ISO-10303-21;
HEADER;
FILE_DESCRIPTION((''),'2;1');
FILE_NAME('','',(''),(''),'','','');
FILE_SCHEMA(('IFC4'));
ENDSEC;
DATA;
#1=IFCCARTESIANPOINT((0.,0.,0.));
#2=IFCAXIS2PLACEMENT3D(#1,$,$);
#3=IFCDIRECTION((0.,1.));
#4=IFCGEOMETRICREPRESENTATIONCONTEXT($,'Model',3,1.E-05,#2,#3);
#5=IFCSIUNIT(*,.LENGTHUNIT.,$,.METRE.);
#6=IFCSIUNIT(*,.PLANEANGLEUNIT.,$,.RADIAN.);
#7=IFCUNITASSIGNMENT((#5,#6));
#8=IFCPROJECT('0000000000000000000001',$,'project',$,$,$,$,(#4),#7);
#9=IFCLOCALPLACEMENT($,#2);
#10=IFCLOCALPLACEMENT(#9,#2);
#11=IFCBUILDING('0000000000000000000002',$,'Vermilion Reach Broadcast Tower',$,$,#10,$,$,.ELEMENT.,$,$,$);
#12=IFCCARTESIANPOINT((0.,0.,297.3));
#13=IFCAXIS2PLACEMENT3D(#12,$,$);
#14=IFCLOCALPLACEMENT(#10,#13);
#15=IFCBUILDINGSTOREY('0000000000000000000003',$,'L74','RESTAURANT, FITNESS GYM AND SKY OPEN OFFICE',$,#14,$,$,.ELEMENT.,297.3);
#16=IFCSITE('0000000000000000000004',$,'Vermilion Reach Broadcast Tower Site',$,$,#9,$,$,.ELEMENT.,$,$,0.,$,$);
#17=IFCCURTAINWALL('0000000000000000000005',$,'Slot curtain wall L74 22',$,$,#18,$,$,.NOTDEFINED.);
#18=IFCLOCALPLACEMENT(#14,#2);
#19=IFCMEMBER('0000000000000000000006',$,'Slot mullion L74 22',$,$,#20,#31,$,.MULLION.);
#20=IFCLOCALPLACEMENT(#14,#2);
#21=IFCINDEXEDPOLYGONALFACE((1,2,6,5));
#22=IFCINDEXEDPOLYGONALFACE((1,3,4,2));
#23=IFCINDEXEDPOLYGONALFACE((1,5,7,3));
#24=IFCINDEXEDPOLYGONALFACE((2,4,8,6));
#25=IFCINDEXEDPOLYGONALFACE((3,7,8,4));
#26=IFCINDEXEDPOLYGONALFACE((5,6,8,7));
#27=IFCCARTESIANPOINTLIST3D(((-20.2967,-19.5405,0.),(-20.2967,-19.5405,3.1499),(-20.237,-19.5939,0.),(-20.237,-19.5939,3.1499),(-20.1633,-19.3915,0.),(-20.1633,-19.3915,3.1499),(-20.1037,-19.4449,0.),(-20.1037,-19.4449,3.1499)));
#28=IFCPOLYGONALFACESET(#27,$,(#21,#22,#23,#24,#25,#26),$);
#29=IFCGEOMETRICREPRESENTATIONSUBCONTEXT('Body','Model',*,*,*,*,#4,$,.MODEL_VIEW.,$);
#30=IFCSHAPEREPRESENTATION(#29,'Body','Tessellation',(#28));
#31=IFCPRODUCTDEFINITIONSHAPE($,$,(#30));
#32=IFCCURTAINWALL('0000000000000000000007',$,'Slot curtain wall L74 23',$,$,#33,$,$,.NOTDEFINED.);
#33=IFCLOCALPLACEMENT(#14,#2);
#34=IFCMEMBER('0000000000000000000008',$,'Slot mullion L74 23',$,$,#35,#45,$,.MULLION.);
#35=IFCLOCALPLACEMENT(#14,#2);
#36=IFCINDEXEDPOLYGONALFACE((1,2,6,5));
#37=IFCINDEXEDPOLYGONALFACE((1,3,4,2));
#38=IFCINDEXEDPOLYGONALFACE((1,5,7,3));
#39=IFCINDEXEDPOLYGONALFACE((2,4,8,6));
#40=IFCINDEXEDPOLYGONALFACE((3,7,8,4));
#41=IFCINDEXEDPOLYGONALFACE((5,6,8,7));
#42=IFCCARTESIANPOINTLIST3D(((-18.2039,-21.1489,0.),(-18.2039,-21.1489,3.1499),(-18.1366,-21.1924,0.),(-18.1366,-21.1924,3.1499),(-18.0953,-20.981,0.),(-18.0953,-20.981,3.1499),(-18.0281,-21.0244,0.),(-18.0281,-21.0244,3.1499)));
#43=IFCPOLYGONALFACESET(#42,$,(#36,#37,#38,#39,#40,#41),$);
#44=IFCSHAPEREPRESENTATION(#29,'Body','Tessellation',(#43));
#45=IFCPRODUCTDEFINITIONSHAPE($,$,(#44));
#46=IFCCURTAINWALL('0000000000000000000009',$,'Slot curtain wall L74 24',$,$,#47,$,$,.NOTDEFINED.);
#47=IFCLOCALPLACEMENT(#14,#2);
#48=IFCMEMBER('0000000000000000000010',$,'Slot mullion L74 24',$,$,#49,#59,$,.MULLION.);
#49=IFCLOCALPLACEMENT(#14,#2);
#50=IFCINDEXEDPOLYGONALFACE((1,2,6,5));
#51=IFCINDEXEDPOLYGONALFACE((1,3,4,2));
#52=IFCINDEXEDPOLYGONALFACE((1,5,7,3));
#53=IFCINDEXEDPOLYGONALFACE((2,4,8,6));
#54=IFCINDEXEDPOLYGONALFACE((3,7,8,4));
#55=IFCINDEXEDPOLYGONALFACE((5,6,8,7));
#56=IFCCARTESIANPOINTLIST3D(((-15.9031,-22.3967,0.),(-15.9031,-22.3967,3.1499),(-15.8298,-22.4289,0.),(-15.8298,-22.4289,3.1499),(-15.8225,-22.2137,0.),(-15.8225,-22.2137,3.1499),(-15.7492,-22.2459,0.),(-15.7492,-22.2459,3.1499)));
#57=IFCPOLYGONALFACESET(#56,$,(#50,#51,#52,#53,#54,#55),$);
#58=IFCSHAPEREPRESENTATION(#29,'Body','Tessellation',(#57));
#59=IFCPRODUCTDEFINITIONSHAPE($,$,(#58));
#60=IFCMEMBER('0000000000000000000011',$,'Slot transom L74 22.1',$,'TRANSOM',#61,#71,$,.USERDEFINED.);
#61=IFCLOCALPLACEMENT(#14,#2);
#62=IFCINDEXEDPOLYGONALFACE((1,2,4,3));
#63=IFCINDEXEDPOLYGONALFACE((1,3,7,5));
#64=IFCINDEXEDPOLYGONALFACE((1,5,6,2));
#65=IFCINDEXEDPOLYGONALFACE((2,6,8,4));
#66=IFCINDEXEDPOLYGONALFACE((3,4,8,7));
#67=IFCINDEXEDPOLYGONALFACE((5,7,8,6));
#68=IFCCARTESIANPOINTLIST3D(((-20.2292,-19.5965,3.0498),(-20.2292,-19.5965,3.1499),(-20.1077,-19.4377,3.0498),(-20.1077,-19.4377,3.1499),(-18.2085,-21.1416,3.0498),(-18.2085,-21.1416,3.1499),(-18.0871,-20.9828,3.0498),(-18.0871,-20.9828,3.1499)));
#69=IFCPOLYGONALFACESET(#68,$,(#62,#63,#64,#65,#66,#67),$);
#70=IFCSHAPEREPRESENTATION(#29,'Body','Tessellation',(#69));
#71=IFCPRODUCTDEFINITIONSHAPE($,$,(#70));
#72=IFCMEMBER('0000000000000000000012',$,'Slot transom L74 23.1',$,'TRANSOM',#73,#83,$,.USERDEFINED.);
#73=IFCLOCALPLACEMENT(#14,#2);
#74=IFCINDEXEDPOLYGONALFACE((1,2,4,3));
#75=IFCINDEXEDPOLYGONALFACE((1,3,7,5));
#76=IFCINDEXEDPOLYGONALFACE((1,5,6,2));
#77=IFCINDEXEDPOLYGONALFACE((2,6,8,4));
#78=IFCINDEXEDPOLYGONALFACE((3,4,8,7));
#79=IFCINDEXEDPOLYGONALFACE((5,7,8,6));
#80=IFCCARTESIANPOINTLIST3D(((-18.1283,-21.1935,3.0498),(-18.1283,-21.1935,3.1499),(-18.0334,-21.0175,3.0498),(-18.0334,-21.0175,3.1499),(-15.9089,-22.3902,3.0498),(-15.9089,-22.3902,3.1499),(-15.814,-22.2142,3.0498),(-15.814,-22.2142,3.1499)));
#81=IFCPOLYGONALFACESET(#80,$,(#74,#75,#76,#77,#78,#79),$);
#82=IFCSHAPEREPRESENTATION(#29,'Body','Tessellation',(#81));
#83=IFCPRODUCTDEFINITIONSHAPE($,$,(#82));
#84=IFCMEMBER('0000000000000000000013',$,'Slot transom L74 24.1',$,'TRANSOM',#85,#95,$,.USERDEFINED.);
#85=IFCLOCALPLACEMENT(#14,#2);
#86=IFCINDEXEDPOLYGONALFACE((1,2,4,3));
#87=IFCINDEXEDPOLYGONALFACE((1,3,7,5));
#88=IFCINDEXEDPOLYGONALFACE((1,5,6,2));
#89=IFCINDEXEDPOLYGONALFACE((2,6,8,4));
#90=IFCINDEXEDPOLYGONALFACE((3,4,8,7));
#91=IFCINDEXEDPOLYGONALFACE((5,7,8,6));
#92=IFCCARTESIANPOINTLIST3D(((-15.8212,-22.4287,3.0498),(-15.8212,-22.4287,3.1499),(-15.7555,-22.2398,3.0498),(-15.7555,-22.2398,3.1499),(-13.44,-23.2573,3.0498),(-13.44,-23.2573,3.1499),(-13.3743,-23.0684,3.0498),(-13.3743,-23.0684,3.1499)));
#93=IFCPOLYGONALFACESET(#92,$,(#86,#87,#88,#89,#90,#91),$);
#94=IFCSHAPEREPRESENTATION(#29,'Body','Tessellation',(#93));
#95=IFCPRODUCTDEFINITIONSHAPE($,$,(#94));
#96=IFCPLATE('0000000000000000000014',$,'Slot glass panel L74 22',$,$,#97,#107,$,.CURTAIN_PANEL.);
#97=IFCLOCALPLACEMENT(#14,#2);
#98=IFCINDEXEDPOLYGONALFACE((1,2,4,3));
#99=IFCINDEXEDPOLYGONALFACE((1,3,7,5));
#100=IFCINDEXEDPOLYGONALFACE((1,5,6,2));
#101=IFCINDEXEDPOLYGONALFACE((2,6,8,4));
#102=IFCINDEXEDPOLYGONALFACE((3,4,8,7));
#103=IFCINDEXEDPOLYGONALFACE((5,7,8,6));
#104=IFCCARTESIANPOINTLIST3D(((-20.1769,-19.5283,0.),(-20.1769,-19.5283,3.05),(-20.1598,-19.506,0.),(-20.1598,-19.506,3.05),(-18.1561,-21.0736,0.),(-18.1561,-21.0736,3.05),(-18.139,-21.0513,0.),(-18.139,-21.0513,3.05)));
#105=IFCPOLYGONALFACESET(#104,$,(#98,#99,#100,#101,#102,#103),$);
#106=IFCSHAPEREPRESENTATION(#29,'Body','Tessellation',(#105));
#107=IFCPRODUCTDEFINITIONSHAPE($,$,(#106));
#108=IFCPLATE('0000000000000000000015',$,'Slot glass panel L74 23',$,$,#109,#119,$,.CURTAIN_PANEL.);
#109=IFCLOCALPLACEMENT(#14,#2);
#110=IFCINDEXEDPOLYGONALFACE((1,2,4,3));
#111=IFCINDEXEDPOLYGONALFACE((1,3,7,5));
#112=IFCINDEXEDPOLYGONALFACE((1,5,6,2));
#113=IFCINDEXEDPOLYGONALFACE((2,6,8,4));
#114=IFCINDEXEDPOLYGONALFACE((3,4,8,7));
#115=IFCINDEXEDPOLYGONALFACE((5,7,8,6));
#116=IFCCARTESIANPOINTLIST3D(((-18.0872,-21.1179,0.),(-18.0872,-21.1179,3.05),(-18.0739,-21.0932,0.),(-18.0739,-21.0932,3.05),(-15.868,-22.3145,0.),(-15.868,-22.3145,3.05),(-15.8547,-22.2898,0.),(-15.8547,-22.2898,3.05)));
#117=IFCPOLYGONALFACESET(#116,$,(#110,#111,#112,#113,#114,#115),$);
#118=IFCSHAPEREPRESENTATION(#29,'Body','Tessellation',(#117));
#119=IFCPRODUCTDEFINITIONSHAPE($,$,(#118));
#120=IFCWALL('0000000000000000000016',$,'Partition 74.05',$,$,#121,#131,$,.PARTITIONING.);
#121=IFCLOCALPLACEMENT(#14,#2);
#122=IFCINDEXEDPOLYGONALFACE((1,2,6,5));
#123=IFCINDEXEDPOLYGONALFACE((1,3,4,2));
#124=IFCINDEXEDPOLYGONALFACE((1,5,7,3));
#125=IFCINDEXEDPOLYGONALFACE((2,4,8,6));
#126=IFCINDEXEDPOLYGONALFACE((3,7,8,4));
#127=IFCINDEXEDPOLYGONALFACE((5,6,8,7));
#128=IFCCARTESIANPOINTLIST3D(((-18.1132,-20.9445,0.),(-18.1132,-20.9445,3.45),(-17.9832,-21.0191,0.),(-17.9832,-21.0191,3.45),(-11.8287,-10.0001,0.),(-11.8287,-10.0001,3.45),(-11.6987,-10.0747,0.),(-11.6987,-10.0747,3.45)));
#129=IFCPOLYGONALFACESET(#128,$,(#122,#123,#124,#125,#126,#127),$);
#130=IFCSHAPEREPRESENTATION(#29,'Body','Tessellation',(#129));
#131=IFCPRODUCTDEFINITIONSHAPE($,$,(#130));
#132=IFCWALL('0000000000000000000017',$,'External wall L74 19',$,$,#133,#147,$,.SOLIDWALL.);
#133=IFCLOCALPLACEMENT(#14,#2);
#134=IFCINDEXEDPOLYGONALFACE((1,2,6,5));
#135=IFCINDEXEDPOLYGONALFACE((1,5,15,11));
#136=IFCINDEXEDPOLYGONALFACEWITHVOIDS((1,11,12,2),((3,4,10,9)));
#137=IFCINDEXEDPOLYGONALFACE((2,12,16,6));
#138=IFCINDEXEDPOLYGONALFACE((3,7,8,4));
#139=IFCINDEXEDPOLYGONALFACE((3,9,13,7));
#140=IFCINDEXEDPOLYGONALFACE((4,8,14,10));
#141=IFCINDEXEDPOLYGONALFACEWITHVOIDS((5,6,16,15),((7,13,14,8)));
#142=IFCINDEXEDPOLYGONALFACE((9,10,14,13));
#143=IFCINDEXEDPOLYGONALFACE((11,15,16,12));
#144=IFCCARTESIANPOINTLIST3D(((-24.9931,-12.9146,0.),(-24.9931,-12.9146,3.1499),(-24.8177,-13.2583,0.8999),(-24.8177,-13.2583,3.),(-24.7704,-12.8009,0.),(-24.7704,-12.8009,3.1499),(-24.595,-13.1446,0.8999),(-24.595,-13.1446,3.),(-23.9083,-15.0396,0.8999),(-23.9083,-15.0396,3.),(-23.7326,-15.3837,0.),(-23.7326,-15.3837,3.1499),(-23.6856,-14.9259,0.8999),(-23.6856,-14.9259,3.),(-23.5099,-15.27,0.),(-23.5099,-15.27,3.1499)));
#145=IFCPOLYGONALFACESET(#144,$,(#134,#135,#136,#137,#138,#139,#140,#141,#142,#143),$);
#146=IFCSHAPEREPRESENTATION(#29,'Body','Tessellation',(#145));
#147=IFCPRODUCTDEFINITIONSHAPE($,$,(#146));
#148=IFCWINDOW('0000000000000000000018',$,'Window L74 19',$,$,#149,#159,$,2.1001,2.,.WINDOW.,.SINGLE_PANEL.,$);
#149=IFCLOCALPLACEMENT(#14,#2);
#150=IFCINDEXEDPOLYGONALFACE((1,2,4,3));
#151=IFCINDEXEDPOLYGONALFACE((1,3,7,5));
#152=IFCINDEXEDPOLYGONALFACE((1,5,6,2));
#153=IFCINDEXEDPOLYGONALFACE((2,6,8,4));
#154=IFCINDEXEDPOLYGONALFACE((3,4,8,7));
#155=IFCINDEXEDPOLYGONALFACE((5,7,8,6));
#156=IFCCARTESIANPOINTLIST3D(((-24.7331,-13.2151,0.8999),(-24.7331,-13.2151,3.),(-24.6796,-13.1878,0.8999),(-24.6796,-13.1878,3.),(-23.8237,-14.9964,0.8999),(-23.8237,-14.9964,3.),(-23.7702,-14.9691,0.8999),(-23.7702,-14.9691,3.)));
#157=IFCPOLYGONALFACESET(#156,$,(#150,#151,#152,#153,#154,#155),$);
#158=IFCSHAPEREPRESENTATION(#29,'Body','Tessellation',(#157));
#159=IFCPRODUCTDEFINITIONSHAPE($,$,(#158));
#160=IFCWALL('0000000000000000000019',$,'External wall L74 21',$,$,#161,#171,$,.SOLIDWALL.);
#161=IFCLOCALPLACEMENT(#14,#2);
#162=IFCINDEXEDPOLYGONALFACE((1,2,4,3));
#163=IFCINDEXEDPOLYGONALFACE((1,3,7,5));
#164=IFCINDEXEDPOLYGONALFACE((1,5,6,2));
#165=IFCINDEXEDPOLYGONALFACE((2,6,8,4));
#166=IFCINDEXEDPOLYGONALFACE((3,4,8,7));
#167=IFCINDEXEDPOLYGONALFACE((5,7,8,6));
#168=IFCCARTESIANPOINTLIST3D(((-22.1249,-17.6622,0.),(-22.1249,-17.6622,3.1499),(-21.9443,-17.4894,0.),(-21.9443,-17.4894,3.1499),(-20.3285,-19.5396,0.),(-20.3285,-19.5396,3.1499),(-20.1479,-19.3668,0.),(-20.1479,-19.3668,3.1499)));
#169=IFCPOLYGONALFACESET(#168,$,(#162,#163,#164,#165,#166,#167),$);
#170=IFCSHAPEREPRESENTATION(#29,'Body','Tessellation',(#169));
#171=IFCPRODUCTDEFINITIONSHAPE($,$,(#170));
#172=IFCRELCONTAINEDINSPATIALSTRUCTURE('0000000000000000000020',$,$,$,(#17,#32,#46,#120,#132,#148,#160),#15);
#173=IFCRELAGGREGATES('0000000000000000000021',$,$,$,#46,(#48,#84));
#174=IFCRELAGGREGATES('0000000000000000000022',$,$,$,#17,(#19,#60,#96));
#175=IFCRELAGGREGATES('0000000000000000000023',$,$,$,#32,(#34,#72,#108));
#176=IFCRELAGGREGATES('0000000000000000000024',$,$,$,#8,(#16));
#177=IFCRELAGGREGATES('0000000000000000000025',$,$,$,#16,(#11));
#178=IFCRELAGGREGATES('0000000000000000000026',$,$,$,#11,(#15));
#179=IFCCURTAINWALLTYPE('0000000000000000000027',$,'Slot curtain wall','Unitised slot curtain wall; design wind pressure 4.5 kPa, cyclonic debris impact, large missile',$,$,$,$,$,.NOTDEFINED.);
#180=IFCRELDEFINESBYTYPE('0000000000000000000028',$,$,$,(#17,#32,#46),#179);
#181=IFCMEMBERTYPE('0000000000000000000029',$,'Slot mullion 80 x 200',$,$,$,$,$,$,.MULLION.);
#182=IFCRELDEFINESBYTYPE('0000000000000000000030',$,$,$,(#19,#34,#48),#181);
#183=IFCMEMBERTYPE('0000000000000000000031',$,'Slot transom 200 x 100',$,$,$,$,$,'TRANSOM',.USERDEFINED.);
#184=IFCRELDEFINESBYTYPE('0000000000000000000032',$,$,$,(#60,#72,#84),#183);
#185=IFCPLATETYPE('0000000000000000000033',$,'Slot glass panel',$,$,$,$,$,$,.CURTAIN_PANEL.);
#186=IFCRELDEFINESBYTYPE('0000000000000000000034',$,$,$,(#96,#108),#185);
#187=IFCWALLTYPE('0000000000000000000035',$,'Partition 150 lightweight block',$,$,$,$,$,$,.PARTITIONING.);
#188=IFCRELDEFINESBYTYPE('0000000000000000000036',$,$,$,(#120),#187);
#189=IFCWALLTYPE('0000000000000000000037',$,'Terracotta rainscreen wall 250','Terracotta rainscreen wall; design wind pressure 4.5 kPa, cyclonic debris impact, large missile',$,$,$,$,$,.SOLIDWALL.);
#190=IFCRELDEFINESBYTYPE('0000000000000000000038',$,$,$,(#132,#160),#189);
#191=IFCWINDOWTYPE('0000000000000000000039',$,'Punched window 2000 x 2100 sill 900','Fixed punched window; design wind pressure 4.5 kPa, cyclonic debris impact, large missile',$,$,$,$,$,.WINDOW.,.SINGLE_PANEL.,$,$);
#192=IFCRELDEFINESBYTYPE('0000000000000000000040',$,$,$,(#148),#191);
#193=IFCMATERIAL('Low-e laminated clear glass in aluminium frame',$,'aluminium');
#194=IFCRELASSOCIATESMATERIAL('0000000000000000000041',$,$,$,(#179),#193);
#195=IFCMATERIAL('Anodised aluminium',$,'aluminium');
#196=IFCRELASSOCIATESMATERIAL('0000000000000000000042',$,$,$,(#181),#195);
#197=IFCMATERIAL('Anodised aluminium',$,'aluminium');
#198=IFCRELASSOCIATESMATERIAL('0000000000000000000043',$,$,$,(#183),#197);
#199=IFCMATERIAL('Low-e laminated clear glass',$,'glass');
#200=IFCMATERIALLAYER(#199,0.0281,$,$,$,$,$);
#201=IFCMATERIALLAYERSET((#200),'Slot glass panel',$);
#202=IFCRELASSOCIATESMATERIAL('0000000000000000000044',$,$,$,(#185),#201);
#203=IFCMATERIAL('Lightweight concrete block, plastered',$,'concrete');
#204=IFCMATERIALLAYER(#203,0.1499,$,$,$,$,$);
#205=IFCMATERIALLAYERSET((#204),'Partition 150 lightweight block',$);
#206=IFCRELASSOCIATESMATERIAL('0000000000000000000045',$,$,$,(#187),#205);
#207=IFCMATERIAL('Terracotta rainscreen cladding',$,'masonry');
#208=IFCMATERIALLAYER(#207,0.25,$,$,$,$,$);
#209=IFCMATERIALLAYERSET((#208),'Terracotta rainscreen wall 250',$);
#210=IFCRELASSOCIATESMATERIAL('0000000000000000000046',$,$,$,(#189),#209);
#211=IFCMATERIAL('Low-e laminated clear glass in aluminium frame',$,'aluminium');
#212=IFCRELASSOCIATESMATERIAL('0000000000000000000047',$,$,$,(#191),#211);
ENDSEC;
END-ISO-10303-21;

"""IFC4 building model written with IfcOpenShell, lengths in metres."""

from ifc_helpers import new_model, si_unit, direction, frame, frame_2d, origin, origin_2d, place, context, subcontext, project, spatial, rectangle, extrude, material, layer, layer_set, material_profile, profile_set, type_object, element, fill, aggregate, save


model = new_model("IFC4")

# Units and contexts
model_context = context("Model", 3, precision=1e-05, world=origin(), true_north=direction((0.0, 1.0)))
body_context = subcontext(model_context, "Body", "Model", "MODEL_VIEW")
ifc_project = project(units=[si_unit("LENGTHUNIT", "METRE"), si_unit("PLANEANGLEUNIT", "RADIAN")], contexts=[model_context])

# Site, building, storey
site_placement = place(None, origin())
site = spatial("IfcSite", under=ifc_project, at=site_placement, Name="Vermilion Reach Broadcast Tower Site", CompositionType="ELEMENT", RefElevation=0.0)
building_placement = place(site_placement, origin())
building = spatial("IfcBuilding", under=site, at=building_placement, Name="Vermilion Reach Broadcast Tower", CompositionType="ELEMENT")
storey_placement = place(building_placement, frame((0.0, 0.0, 297.3)))
storey = spatial("IfcBuildingStorey", under=building, at=storey_placement, Name="L74", Description="RESTAURANT, FITNESS GYM AND SKY OPEN OFFICE", CompositionType="ELEMENT", Elevation=297.3)

# Curtain walls, members
ifc_material_1 = material(Name="Low-e laminated clear glass in aluminium frame", Category="aluminium")
curtain_wall_type = type_object("IfcCurtainWallType", Name="Slot curtain wall", Description="Unitised slot curtain wall; design wind pressure 4.5 kPa, cyclonic debris impact, large missile", PredefinedType="NOTDEFINED", material=ifc_material_1)
placement = place(storey_placement, origin())
curtain_wall_1 = element("IfcCurtainWall", 1, at=placement, inside=storey, type_object=curtain_wall_type, Name="Slot curtain wall L74 22", PredefinedType="NOTDEFINED")
ifc_material_2 = material(Name="Anodised aluminium", Category="aluminium")
ifc_material_profile_1 = material_profile(ifc_material_2, rectangle(XDim=0.2, YDim=0.0801, at=origin_2d()), Name="Slot mullion 80 x 200")
ifc_profile_set_1 = profile_set([ifc_material_profile_1], Name="Anodised aluminium")
member_type_1 = type_object("IfcMemberType", Name="Slot mullion 80 x 200", PredefinedType="MULLION", material=ifc_profile_set_1)
member_1_placement = place(storey_placement, frame((-20.2002, -19.4927, 0.0), z_axis=(0.0, 0.0, 1.0), x_axis=(0.666968, 0.745086, 0.0)))
member_1 = element("IfcMember", 2, at=member_1_placement, type_object=member_type_1, Name="Slot mullion L74 22", PredefinedType="MULLION", context=body_context, shape_type="SweptSolid", body=[
    extrude(rectangle(XDim=0.2, YDim=0.0801, at=origin_2d()), origin(), (0.0, 0.0, 1.0), 3.1499),
])
curtain_wall_2 = element("IfcCurtainWall", 3, at=placement, inside=storey, type_object=curtain_wall_type, Name="Slot curtain wall L74 23", PredefinedType="NOTDEFINED")
member_2_placement = place(storey_placement, frame((-18.116, -21.0867, 0.0), z_axis=(0.0, 0.0, 1.0), x_axis=(0.542719, 0.839914, 0.0)))
member_2 = element("IfcMember", 4, at=member_2_placement, type_object=member_type_1, Name="Slot mullion L74 23", PredefinedType="MULLION", context=body_context, shape_type="SweptSolid", body=[
    extrude(rectangle(XDim=0.2, YDim=0.0801, at=origin_2d()), origin(), (0.0, 0.0, 1.0), 3.1499),
])
curtain_wall_3 = element("IfcCurtainWall", 5, at=placement, inside=storey, type_object=curtain_wall_type, Name="Slot curtain wall L74 24", PredefinedType="NOTDEFINED")
member_3_placement = place(storey_placement, frame((-15.8262, -22.3213, 0.0), z_axis=(0.0, 0.0, 1.0), x_axis=(0.402906, 0.915241, 0.0)))
member_3 = element("IfcMember", 6, at=member_3_placement, type_object=member_type_1, Name="Slot mullion L74 24", PredefinedType="MULLION", context=body_context, shape_type="SweptSolid", body=[
    extrude(rectangle(XDim=0.2, YDim=0.0801, at=origin_2d()), origin(), (0.0, 0.0, 1.0), 3.1499),
])

# Members
ifc_material_3 = material(Name="Anodised aluminium", Category="aluminium")
ifc_material_profile_2 = material_profile(ifc_material_3, rectangle(XDim=0.2, YDim=0.1001, at=origin_2d()), Name="Slot transom 200 x 100")
ifc_profile_set_2 = profile_set([ifc_material_profile_2], Name="Anodised aluminium")
member_type_2 = type_object("IfcMemberType", Name="Slot transom 200 x 100", ElementType="TRANSOM", PredefinedType="USERDEFINED", material=ifc_profile_set_2)
member_4_placement = place(storey_placement, frame((-20.1685, -19.5171, 3.0999), z_axis=(0.79438, -0.607422, 0.0), x_axis=(0.607422, 0.79438, 0.0)))
member_4 = element("IfcMember", 7, at=member_4_placement, type_object=member_type_2, Name="Slot transom L74 22.1", ObjectType="TRANSOM", PredefinedType="USERDEFINED", context=body_context, shape_type="SweptSolid", body=[
    extrude(rectangle(XDim=0.2, YDim=0.1001, at=origin_2d()), origin(), (0.0, 0.0, 1.0), 2.5437),
])
member_5_placement = place(storey_placement, frame((-18.0808, -21.1055, 3.0999), z_axis=(0.880194, -0.474614, 0.0), x_axis=(0.474614, 0.880194, 0.0)))
member_5 = element("IfcMember", 8, at=member_5_placement, type_object=member_type_2, Name="Slot transom L74 23.1", ObjectType="TRANSOM", PredefinedType="USERDEFINED", context=body_context, shape_type="SweptSolid", body=[
    extrude(rectangle(XDim=0.2, YDim=0.1001, at=origin_2d()), origin(), (0.0, 0.0, 1.0), 2.5215),
])
member_6_placement = place(storey_placement, frame((-15.7883, -22.3342, 3.0999), z_axis=(0.944447, -0.328663, 0.0), x_axis=(0.328663, 0.944447, 0.0)))
member_6 = element("IfcMember", 9, at=member_6_placement, type_object=member_type_2, Name="Slot transom L74 24.1", ObjectType="TRANSOM", PredefinedType="USERDEFINED", context=body_context, shape_type="SweptSolid", body=[
    extrude(rectangle(XDim=0.2, YDim=0.1001, at=origin_2d()), origin(), (0.0, 0.0, 1.0), 2.5212),
])
aggregate(curtain_wall_3, [member_3, member_6])

# Plates
ifc_material_4 = material(Name="Low-e laminated clear glass", Category="glass")
ifc_layer_1 = layer(ifc_material_4, 0.0281)
ifc_layer_set_1 = layer_set([ifc_layer_1], Name="Slot glass panel")
plate_type = type_object("IfcPlateType", Name="Slot glass panel", PredefinedType="CURTAIN_PANEL", material=ifc_layer_set_1)
plate_1_placement = place(storey_placement, frame((-19.158, -20.2898, 0.0), z_axis=(0.0, 0.0, 1.0), x_axis=(0.794366, -0.607439, 0.0)))
plate_1 = element("IfcPlate", 10, at=plate_1_placement, type_object=plate_type, Name="Slot glass panel L74 22", PredefinedType="CURTAIN_PANEL", context=body_context, shape_type="SweptSolid", body=[
    extrude(rectangle(XDim=2.5439, YDim=0.0281, at=origin_2d()), origin(), (0.0, 0.0, 1.0), 3.05),
])
aggregate(curtain_wall_1, [member_1, member_4, plate_1])
plate_2_placement = place(storey_placement, frame((-16.9709, -21.7039, 0.0), z_axis=(0.0, 0.0, 1.0), x_axis=(0.880202, -0.474599, 0.0)))
plate_2 = element("IfcPlate", 11, at=plate_2_placement, type_object=plate_type, Name="Slot glass panel L74 23", PredefinedType="CURTAIN_PANEL", context=body_context, shape_type="SweptSolid", body=[
    extrude(rectangle(XDim=2.5212, YDim=0.0281, at=origin_2d()), origin(), (0.0, 0.0, 1.0), 3.05),
])
aggregate(curtain_wall_2, [member_2, member_5, plate_2])

# Wall
ifc_material_5 = material(Name="Lightweight concrete block, plastered", Category="concrete")
ifc_layer_2 = layer(ifc_material_5, 0.1499)
ifc_layer_set_2 = layer_set([ifc_layer_2], Name="Partition 150 lightweight block")
wall_type_1 = type_object("IfcWallType", Name="Partition 150 lightweight block", PredefinedType="PARTITIONING", material=ifc_layer_set_2)
wall_1_placement = place(storey_placement, frame((-18.0481, -20.9817, 0.0), z_axis=(0.0, 0.0, 1.0), x_axis=(0.497961, 0.8672, 0.0)))
element("IfcWall", 12, at=wall_1_placement, inside=storey, type_object=wall_type_1, Name="Partition 74.05", PredefinedType="PARTITIONING", context=body_context, shape_type="SweptSolid", body=[
    extrude(rectangle(XDim=12.6204, YDim=0.1499, at=frame_2d((6.3101, 0.0))), origin(), (0.0, 0.0, 1.0), 3.45),
])

# Wall, opening, window
ifc_material_6 = material(Name="Terracotta rainscreen cladding", Category="masonry")
ifc_layer_3 = layer(ifc_material_6, 0.25)
ifc_layer_set_3 = layer_set([ifc_layer_3], Name="Terracotta rainscreen wall 250")
wall_type_2 = type_object("IfcWallType", Name="Terracotta rainscreen wall 250", Description="Terracotta rainscreen wall; design wind pressure 4.5 kPa, cyclonic debris impact, large missile", PredefinedType="SOLIDWALL", material=ifc_layer_set_3)
wall_2_placement = place(storey_placement, frame((-24.8818, -12.8577, 0.0), z_axis=(0.0, 0.0, 1.0), x_axis=(0.454701, -0.890644, 0.0)))
wall_2 = element("IfcWall", 13, at=wall_2_placement, inside=storey, type_object=wall_type_2, Name="External wall L74 19", PredefinedType="SOLIDWALL", context=body_context, shape_type="SweptSolid", body=[
    extrude(rectangle(XDim=2.7722, YDim=0.25, at=frame_2d((1.3862, 0.0))), origin(), (0.0, 0.0, 1.0), 3.1499),
])
opening_1_placement = place(wall_2_placement, frame((0.386, 0.0, 0.8999)))
opening_1 = element("IfcOpeningElement", 14, at=opening_1_placement, cuts=wall_2, PredefinedType="OPENING", context=body_context, shape_type="SweptSolid", body=[
    extrude(rectangle(XDim=2.0, YDim=2.1001, at=frame_2d((1.0, 1.05))), frame((0.0, 0.135, 0.0), z_axis=(0.0, -1.0, 0.0), x_axis=(1.0, 0.0, 0.0)), (0.0, 0.0, 1.0), 0.27),
])
ifc_material_7 = material(Name="Low-e laminated clear glass in aluminium frame", Category="aluminium")
window_type = type_object("IfcWindowType", Name="Punched window 2000 x 2100 sill 900", Description="Fixed punched window; design wind pressure 4.5 kPa, cyclonic debris impact, large missile", PartitioningType="SINGLE_PANEL", PredefinedType="WINDOW", material=ifc_material_7)
window_placement = place(opening_1_placement, origin())
window = element("IfcWindow", 15, at=window_placement, inside=storey, type_object=window_type, Name="Window L74 19", OverallHeight=2.1001, OverallWidth=2.0, PartitioningType="SINGLE_PANEL", PredefinedType="WINDOW", context=body_context, shape_type="SweptSolid", body=[
    extrude(rectangle(XDim=2.0, YDim=2.1001, at=frame_2d((1.0, 1.05))), frame((0.0, 0.03, 0.0), z_axis=(0.0, -1.0, 0.0), x_axis=(1.0, 0.0, 0.0)), (0.0, 0.0, 1.0), 0.0601),
])
fill(opening_1, window)

# Wall
wall_3_placement = place(storey_placement, frame((-22.0347, -17.5757, 0.0), z_axis=(0.0, 0.0, 1.0), x_axis=(0.691338, -0.722532, 0.0)))
element("IfcWall", 16, at=wall_3_placement, inside=storey, type_object=wall_type_2, Name="External wall L74 21", PredefinedType="SOLIDWALL", context=body_context, shape_type="SweptSolid", body=[
    extrude(rectangle(XDim=2.5984, YDim=0.25, at=frame_2d((1.2993, 0.0))), origin(), (0.0, 0.0, 1.0), 3.1499),
])

save(model, "model.ifc")
